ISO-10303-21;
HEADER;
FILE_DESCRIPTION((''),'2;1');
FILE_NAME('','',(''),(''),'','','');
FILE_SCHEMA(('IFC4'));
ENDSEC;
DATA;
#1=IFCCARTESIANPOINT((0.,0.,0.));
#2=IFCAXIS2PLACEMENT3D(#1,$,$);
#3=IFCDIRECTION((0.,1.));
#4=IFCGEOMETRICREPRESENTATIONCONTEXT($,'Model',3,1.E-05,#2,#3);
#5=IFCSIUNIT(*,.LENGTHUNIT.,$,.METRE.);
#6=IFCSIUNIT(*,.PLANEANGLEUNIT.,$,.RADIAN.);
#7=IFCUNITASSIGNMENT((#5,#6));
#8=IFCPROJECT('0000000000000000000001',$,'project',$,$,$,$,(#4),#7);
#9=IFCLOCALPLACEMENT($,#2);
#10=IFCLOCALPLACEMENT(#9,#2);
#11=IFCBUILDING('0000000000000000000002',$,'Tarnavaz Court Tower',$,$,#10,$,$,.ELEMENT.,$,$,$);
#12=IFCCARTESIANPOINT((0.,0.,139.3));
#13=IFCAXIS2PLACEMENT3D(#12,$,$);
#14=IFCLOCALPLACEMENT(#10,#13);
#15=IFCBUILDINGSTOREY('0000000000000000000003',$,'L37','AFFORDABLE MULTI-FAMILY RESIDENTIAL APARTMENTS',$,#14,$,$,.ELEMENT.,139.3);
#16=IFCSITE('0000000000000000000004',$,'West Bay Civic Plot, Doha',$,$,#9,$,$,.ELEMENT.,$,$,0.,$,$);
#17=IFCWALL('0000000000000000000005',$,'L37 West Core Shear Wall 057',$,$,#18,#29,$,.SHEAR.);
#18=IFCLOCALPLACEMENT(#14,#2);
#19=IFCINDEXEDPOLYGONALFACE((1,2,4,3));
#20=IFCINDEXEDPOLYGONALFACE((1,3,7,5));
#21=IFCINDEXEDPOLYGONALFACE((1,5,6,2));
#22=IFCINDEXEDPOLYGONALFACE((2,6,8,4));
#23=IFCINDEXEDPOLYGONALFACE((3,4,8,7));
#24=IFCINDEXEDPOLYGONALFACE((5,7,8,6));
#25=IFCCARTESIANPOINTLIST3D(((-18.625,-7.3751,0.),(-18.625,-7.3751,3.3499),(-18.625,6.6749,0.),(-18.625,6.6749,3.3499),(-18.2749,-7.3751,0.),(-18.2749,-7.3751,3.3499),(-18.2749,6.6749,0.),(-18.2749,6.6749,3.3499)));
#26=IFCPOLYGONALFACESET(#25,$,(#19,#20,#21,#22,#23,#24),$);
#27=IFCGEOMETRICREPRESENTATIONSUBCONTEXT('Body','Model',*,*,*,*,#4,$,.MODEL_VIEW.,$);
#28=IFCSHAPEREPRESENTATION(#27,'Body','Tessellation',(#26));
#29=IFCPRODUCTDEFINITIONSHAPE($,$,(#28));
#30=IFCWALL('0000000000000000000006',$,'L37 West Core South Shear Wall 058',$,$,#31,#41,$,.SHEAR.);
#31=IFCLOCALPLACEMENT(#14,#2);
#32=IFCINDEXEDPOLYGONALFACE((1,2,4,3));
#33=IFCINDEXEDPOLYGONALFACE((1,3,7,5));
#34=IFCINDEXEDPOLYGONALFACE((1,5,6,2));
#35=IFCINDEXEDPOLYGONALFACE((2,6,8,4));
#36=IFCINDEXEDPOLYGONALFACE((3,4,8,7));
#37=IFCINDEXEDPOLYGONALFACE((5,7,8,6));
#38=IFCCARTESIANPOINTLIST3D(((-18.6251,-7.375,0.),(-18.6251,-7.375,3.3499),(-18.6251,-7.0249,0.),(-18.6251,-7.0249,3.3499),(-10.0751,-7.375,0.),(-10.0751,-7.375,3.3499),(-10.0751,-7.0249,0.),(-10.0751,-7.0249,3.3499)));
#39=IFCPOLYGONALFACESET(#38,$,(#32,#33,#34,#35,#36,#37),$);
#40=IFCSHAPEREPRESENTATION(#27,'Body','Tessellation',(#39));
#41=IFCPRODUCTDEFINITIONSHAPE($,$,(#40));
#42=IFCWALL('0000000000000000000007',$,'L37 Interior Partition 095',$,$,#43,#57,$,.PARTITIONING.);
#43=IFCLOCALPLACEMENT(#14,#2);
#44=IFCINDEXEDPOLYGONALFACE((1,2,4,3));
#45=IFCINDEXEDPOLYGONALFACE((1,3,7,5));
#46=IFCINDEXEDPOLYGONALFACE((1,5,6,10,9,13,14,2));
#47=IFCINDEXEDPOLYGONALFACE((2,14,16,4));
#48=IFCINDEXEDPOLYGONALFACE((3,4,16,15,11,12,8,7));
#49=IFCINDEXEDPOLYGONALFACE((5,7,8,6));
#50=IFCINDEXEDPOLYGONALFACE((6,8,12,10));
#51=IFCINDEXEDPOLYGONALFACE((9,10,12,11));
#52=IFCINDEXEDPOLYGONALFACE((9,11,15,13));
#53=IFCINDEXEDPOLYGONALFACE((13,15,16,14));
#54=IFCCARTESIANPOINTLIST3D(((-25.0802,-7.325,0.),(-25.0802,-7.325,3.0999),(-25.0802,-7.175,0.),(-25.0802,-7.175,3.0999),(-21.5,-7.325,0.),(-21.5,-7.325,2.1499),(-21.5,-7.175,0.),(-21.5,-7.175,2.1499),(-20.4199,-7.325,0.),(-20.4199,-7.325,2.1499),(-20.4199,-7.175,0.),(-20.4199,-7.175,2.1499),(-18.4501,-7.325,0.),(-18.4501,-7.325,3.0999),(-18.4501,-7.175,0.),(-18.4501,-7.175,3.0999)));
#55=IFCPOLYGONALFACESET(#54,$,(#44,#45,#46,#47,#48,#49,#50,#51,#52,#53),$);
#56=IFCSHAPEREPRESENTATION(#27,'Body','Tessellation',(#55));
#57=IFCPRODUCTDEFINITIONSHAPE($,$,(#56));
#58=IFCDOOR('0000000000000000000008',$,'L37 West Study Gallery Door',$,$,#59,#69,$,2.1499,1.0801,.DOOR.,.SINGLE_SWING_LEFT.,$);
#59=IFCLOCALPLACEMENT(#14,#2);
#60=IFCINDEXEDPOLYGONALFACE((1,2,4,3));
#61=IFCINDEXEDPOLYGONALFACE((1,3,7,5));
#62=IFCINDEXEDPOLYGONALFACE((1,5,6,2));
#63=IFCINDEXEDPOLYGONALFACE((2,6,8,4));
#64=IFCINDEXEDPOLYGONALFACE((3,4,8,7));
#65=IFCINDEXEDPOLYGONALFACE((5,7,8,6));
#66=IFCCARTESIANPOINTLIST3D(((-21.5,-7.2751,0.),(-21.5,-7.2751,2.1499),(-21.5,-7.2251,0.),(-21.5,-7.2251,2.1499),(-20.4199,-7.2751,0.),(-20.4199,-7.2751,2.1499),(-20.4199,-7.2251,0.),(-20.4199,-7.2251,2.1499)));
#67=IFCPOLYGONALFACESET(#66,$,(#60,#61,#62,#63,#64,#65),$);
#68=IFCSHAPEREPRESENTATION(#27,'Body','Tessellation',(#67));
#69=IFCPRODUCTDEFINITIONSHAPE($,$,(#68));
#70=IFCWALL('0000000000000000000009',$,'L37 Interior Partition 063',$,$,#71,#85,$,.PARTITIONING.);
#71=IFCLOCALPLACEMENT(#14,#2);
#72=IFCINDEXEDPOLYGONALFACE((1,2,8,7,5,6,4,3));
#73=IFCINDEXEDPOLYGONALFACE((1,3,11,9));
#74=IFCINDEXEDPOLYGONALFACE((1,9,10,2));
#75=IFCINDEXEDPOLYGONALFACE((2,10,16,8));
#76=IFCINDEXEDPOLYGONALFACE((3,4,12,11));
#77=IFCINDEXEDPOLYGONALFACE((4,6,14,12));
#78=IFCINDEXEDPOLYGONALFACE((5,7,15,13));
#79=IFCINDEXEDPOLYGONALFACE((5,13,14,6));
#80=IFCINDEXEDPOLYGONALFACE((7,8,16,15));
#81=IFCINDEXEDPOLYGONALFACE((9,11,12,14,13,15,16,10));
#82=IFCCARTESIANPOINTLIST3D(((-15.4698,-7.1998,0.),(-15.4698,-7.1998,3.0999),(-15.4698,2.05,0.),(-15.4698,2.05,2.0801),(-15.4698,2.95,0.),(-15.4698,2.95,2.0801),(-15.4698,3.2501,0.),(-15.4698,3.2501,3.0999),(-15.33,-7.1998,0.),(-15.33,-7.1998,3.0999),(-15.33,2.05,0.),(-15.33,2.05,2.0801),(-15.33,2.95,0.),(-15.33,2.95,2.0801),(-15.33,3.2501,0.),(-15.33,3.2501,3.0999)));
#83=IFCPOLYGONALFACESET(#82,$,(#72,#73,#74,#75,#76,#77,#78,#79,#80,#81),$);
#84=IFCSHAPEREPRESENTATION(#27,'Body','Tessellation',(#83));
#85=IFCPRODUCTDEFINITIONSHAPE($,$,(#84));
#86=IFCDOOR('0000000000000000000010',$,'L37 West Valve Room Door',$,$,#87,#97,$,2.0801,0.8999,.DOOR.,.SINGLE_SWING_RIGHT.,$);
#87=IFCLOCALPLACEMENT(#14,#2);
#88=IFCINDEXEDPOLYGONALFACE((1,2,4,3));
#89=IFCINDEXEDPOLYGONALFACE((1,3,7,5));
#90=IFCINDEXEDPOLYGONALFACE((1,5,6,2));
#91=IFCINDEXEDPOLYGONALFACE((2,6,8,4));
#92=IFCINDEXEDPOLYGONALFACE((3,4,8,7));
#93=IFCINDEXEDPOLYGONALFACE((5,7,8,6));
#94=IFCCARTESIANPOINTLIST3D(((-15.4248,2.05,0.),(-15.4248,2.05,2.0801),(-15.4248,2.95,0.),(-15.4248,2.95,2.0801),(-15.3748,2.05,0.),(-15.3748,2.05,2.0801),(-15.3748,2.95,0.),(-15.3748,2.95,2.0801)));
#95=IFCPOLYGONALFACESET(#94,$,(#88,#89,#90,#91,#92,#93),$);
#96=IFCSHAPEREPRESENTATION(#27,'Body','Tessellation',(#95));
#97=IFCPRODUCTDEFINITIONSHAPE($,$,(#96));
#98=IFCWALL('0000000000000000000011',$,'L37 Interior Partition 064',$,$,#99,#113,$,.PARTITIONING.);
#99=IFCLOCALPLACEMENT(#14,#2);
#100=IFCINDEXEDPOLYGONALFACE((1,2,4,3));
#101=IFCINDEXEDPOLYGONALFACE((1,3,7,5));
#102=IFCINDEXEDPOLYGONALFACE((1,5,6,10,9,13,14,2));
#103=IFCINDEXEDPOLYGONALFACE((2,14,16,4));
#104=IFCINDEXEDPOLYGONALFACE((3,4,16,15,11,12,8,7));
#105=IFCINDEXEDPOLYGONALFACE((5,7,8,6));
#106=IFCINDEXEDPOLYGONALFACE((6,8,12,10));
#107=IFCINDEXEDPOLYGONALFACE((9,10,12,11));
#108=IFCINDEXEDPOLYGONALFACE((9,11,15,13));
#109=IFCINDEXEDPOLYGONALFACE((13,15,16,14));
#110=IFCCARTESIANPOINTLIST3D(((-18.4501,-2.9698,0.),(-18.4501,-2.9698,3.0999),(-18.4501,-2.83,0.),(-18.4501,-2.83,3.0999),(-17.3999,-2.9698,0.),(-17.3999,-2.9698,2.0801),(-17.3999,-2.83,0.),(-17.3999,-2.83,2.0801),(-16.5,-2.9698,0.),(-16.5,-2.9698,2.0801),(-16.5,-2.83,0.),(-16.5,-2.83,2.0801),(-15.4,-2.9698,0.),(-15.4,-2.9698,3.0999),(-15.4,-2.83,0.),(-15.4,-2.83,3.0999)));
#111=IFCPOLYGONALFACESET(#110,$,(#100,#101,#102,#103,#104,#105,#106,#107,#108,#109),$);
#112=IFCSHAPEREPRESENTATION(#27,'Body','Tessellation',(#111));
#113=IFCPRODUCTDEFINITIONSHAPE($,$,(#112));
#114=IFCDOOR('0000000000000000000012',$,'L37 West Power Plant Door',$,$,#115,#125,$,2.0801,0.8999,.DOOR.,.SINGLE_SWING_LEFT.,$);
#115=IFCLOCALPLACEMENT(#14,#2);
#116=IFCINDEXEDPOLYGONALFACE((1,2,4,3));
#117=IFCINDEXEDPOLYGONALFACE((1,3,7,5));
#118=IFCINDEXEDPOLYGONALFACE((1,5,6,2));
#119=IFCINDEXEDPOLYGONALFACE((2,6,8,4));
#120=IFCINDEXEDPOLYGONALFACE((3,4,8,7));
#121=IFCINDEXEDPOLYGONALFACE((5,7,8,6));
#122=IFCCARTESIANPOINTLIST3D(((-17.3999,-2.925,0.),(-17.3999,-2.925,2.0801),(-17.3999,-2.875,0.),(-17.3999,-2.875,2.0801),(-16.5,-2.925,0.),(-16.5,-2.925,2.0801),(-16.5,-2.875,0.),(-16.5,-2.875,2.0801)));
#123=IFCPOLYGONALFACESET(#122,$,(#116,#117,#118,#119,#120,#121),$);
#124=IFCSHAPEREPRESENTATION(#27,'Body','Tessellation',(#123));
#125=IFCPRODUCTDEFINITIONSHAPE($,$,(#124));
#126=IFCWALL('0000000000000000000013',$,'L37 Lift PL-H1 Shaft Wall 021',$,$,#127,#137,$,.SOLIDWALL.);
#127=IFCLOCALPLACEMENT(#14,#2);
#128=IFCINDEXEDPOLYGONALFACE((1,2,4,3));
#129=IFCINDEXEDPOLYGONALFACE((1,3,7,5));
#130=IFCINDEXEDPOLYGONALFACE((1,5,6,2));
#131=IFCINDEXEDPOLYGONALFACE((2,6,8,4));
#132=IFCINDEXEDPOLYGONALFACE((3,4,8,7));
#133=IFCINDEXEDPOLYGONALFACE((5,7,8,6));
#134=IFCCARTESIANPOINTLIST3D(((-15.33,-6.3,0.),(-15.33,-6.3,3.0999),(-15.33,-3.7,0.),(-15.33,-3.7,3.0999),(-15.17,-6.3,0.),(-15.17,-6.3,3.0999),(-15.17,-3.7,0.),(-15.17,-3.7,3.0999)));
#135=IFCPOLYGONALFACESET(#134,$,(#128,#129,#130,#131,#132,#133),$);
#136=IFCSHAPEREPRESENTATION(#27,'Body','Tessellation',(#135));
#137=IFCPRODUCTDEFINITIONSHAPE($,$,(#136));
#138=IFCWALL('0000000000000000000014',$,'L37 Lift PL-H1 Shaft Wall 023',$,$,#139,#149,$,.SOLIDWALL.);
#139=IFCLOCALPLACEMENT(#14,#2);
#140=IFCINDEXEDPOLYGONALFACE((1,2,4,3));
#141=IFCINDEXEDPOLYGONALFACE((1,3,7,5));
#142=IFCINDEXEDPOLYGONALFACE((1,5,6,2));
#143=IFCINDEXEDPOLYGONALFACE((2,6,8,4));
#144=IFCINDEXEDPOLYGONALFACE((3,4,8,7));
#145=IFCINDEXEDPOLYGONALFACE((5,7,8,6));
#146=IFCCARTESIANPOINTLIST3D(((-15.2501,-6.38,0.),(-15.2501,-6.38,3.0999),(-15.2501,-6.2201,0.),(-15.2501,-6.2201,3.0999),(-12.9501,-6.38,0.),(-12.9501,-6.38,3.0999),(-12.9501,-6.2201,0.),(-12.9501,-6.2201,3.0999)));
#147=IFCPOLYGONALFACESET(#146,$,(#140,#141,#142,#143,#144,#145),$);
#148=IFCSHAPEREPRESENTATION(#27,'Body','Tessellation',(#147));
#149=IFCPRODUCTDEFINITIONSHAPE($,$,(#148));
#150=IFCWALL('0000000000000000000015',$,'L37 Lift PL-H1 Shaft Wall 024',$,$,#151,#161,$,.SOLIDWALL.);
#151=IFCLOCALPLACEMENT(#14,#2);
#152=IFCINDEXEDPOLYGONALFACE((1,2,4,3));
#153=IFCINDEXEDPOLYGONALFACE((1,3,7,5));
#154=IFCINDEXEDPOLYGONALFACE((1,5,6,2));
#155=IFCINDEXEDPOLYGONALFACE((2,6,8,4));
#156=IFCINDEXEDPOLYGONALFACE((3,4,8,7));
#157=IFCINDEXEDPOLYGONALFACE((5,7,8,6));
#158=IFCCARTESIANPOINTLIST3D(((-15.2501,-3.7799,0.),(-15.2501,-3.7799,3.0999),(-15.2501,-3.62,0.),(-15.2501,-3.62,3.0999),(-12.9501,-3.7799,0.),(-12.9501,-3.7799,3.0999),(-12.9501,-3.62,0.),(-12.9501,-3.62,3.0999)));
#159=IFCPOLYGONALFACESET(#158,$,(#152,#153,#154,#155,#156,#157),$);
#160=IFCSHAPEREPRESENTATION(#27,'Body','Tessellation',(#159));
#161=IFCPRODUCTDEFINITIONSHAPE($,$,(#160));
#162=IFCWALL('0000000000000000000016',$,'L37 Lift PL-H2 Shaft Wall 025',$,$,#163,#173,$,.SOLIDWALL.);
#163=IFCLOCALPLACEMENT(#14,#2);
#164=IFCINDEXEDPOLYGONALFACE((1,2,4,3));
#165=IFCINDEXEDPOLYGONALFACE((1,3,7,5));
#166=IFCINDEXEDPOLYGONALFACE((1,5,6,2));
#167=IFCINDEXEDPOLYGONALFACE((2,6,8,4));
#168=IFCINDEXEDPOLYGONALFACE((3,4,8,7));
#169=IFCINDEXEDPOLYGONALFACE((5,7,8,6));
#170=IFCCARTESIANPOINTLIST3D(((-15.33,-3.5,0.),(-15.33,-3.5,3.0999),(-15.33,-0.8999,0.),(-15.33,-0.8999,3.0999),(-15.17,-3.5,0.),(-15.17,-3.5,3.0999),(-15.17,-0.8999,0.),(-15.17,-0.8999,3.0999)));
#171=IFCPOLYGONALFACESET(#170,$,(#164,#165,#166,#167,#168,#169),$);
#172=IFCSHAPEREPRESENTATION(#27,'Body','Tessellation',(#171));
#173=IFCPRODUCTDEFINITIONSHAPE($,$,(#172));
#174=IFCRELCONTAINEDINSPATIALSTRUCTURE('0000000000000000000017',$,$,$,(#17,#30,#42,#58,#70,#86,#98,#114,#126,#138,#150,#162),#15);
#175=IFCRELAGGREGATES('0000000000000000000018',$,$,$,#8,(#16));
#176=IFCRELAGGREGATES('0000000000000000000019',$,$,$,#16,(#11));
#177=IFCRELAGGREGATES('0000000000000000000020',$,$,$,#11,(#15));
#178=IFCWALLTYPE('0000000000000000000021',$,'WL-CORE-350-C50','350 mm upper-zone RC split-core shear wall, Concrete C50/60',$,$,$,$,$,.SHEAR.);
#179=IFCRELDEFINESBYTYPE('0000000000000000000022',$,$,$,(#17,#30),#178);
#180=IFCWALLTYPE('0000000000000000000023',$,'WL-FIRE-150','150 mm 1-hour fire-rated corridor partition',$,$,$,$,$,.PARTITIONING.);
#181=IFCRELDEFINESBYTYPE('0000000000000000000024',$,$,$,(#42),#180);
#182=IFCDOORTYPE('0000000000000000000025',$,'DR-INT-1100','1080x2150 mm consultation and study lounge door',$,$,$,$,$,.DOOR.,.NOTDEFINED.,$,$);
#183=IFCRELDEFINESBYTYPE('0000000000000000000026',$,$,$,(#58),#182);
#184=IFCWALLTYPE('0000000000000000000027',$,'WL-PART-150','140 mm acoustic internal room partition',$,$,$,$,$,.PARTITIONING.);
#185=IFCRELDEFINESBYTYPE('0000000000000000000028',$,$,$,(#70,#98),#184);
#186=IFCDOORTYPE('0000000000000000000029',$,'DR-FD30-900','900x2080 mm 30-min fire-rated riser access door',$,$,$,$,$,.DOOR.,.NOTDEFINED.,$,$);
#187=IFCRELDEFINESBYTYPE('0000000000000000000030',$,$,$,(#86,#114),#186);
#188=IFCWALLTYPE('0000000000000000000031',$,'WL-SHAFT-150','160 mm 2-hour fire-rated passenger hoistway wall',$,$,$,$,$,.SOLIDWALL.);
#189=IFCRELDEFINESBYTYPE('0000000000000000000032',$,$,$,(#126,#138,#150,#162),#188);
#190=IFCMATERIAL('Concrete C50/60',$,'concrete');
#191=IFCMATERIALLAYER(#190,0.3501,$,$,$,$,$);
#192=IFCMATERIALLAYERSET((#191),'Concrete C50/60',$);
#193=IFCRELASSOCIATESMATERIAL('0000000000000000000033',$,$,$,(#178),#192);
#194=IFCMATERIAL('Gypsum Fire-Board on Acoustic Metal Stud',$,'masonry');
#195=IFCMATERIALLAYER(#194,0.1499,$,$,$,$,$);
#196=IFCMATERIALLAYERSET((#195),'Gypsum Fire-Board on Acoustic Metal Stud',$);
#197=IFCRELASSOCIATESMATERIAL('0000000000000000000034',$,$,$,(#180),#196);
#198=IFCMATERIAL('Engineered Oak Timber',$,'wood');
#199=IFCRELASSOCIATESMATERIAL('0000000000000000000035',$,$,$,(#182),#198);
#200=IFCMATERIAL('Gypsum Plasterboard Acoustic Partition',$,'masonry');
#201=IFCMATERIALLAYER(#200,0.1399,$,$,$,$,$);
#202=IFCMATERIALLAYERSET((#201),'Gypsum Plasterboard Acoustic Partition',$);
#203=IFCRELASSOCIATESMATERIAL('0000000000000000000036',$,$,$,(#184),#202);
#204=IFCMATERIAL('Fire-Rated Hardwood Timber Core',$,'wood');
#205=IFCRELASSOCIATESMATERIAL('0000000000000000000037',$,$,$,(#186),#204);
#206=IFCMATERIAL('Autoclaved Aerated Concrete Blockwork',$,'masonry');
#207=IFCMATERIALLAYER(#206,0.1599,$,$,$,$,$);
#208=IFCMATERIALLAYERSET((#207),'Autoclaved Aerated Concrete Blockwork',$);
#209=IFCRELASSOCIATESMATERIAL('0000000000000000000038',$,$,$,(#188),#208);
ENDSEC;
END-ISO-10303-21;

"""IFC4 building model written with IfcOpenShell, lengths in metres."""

from ifc_helpers import new_model, si_unit, direction, frame, frame_2d, origin, place, context, subcontext, project, spatial, rectangle, extrude, material, layer, layer_set, type_object, element, fill, save


model = new_model("IFC4")

# Units and contexts
model_context = context("Model", 3, precision=1e-05, world=origin(), true_north=direction((0.0, 1.0)))
body_context = subcontext(model_context, "Body", "Model", "MODEL_VIEW")
ifc_project = project(units=[si_unit("LENGTHUNIT", "METRE"), si_unit("PLANEANGLEUNIT", "RADIAN")], contexts=[model_context])

# Site, building, storey
site_placement = place(None, origin())
site = spatial("IfcSite", under=ifc_project, at=site_placement, Name="West Bay Civic Plot, Doha", CompositionType="ELEMENT", RefElevation=0.0)
building_placement = place(site_placement, origin())
building = spatial("IfcBuilding", under=site, at=building_placement, Name="Tarnavaz Court Tower", CompositionType="ELEMENT")
storey_placement = place(building_placement, frame((0.0, 0.0, 139.3)))
storey = spatial("IfcBuildingStorey", under=building, at=storey_placement, Name="L37", Description="AFFORDABLE MULTI-FAMILY RESIDENTIAL APARTMENTS", CompositionType="ELEMENT", Elevation=139.3)

# Shared definitions
ifc_material_1 = material(Name="Concrete C50/60", Category="concrete")

# Walls
ifc_layer_1 = layer(ifc_material_1, 0.3501)
ifc_layer_set_1 = layer_set([ifc_layer_1], Name="Concrete C50/60")
wall_type_1 = type_object("IfcWallType", Name="WL-CORE-350-C50", Description="350 mm upper-zone RC split-core shear wall, Concrete C50/60", PredefinedType="SHEAR", material=ifc_layer_set_1)
wall_1_placement = place(storey_placement, frame((-18.45, -7.375, 0.0), z_axis=(0.0, 0.0, 1.0), x_axis=(0.0, 1.0, 0.0)))
element("IfcWall", 1, at=wall_1_placement, inside=storey, type_object=wall_type_1, Name="L37 West Core Shear Wall 057", PredefinedType="SHEAR", context=body_context, shape_type="SweptSolid", body=[
    extrude(rectangle(XDim=14.05, YDim=0.3501, at=frame_2d((7.0249, 0.0))), origin(), (0.0, 0.0, 1.0), 3.3499),
])
wall_2_placement = place(storey_placement, frame((-18.625, -7.2, 0.0), z_axis=(0.0, 0.0, 1.0), x_axis=(1.0, 0.0, 0.0)))
element("IfcWall", 2, at=wall_2_placement, inside=storey, type_object=wall_type_1, Name="L37 West Core South Shear Wall 058", PredefinedType="SHEAR", context=body_context, shape_type="SweptSolid", body=[
    extrude(rectangle(XDim=8.55, YDim=0.3501, at=frame_2d((4.2749, 0.0))), origin(), (0.0, 0.0, 1.0), 3.3499),
])

# Shared definitions
ifc_material_2 = material(Name="Gypsum Fire-Board on Acoustic Metal Stud", Category="masonry")
ifc_layer_2 = layer(ifc_material_2, 0.1499)
ifc_layer_set_2 = layer_set([ifc_layer_2], Name="Gypsum Fire-Board on Acoustic Metal Stud")
wall_type_2 = type_object("IfcWallType", Name="WL-FIRE-150", Description="150 mm 1-hour fire-rated corridor partition", PredefinedType="PARTITIONING", material=ifc_layer_set_2)
ifc_material_3 = material(Name="Engineered Oak Timber", Category="wood")

# Walls, openings, doors
wall_3_placement = place(storey_placement, frame((-25.0801, -7.25, 0.0), z_axis=(0.0, 0.0, 1.0), x_axis=(1.0, 0.0, 0.0)))
wall_3 = element("IfcWall", 3, at=wall_3_placement, inside=storey, type_object=wall_type_2, Name="L37 Interior Partition 095", PredefinedType="PARTITIONING", context=body_context, shape_type="SweptSolid", body=[
    extrude(rectangle(XDim=6.6301, YDim=0.1499, at=frame_2d((3.3149, 0.0))), origin(), (0.0, 0.0, 1.0), 3.0999),
])
opening_1_placement = place(wall_3_placement, frame((3.5801, 0.0, 0.0)))
opening_1 = element("IfcOpeningElement", 4, at=opening_1_placement, cuts=wall_3, PredefinedType="OPENING", context=body_context, shape_type="SweptSolid", body=[
    extrude(rectangle(XDim=1.0801, YDim=2.1499, at=frame_2d((0.54, 1.075))), frame((0.0, 0.085, 0.0), z_axis=(0.0, -1.0, 0.0), x_axis=(1.0, 0.0, 0.0)), (0.0, 0.0, 1.0), 0.1699),
])
door_type_1 = type_object("IfcDoorType", Name="DR-INT-1100", Description="1080x2150 mm consultation and study lounge door", OperationType="NOTDEFINED", PredefinedType="DOOR", material=ifc_material_3)
door_1_placement = place(opening_1_placement, origin())
door_1 = element("IfcDoor", 5, at=door_1_placement, inside=storey, type_object=door_type_1, Name="L37 West Study Gallery Door", OperationType="SINGLE_SWING_LEFT", OverallHeight=2.1499, OverallWidth=1.0801, PredefinedType="DOOR", context=body_context, shape_type="SweptSolid", body=[
    extrude(rectangle(XDim=1.0801, YDim=2.1499, at=frame_2d((0.54, 1.075))), frame((0.0, 0.0249, 0.0), z_axis=(0.0, -1.0, 0.0), x_axis=(1.0, 0.0, 0.0)), (0.0, 0.0, 1.0), 0.05),
])
fill(opening_1, door_1)
ifc_material_4 = material(Name="Gypsum Plasterboard Acoustic Partition", Category="masonry")
ifc_layer_3 = layer(ifc_material_4, 0.1399)
ifc_layer_set_3 = layer_set([ifc_layer_3], Name="Gypsum Plasterboard Acoustic Partition")
wall_type_3 = type_object("IfcWallType", Name="WL-PART-150", Description="140 mm acoustic internal room partition", PredefinedType="PARTITIONING", material=ifc_layer_set_3)
wall_4_placement = place(storey_placement, frame((-15.3999, -7.2, 0.0), z_axis=(0.0, 0.0, 1.0), x_axis=(0.0, 1.0, 0.0)))
wall_4 = element("IfcWall", 6, at=wall_4_placement, inside=storey, type_object=wall_type_3, Name="L37 Interior Partition 063", PredefinedType="PARTITIONING", context=body_context, shape_type="SweptSolid", body=[
    extrude(rectangle(XDim=10.45, YDim=0.1399, at=frame_2d((5.2251, 0.0))), origin(), (0.0, 0.0, 1.0), 3.0999),
])
opening_2_placement = place(wall_4_placement, frame((9.25, 0.0, 0.0)))
opening_2 = element("IfcOpeningElement", 7, at=opening_2_placement, cuts=wall_4, PredefinedType="OPENING", context=body_context, shape_type="SweptSolid", body=[
    extrude(rectangle(XDim=0.8999, YDim=2.0801, at=frame_2d((0.45, 1.04))), frame((0.0, 0.0798, 0.0), z_axis=(0.0, -1.0, 0.0), x_axis=(1.0, 0.0, 0.0)), (0.0, 0.0, 1.0), 0.1599),
])
ifc_material_5 = material(Name="Fire-Rated Hardwood Timber Core", Category="wood")
door_type_2 = type_object("IfcDoorType", Name="DR-FD30-900", Description="900x2080 mm 30-min fire-rated riser access door", OperationType="NOTDEFINED", PredefinedType="DOOR", material=ifc_material_5)
door_2_placement = place(opening_2_placement, origin())
door_2 = element("IfcDoor", 8, at=door_2_placement, inside=storey, type_object=door_type_2, Name="L37 West Valve Room Door", OperationType="SINGLE_SWING_RIGHT", OverallHeight=2.0801, OverallWidth=0.8999, PredefinedType="DOOR", context=body_context, shape_type="SweptSolid", body=[
    extrude(rectangle(XDim=0.8999, YDim=2.0801, at=frame_2d((0.45, 1.04))), frame((0.0, 0.0249, 0.0), z_axis=(0.0, -1.0, 0.0), x_axis=(1.0, 0.0, 0.0)), (0.0, 0.0, 1.0), 0.05),
])
fill(opening_2, door_2)
wall_5_placement = place(storey_placement, frame((-18.45, -2.8999, 0.0), z_axis=(0.0, 0.0, 1.0), x_axis=(1.0, 0.0, 0.0)))
wall_5 = element("IfcWall", 9, at=wall_5_placement, inside=storey, type_object=wall_type_3, Name="L37 Interior Partition 064", PredefinedType="PARTITIONING", context=body_context, shape_type="SweptSolid", body=[
    extrude(rectangle(XDim=3.05, YDim=0.1399, at=frame_2d((1.5249, 0.0))), origin(), (0.0, 0.0, 1.0), 3.0999),
])
opening_3_placement = place(wall_5_placement, frame((1.05, 0.0, 0.0)))
opening_3 = element("IfcOpeningElement", 10, at=opening_3_placement, cuts=wall_5, PredefinedType="OPENING", context=body_context, shape_type="SweptSolid", body=[
    extrude(rectangle(XDim=0.8999, YDim=2.0801, at=frame_2d((0.45, 1.04))), frame((0.0, 0.0798, 0.0), z_axis=(0.0, -1.0, 0.0), x_axis=(1.0, 0.0, 0.0)), (0.0, 0.0, 1.0), 0.1599),
])
door_3_placement = place(opening_3_placement, origin())
door_3 = element("IfcDoor", 11, at=door_3_placement, inside=storey, type_object=door_type_2, Name="L37 West Power Plant Door", OperationType="SINGLE_SWING_LEFT", OverallHeight=2.0801, OverallWidth=0.8999, PredefinedType="DOOR", context=body_context, shape_type="SweptSolid", body=[
    extrude(rectangle(XDim=0.8999, YDim=2.0801, at=frame_2d((0.45, 1.04))), frame((0.0, 0.0249, 0.0), z_axis=(0.0, -1.0, 0.0), x_axis=(1.0, 0.0, 0.0)), (0.0, 0.0, 1.0), 0.05),
])
fill(opening_3, door_3)

# Walls
ifc_material_6 = material(Name="Autoclaved Aerated Concrete Blockwork", Category="masonry")
ifc_layer_4 = layer(ifc_material_6, 0.1599)
ifc_layer_set_4 = layer_set([ifc_layer_4], Name="Autoclaved Aerated Concrete Blockwork")
wall_type_4 = type_object("IfcWallType", Name="WL-SHAFT-150", Description="160 mm 2-hour fire-rated passenger hoistway wall", PredefinedType="SOLIDWALL", material=ifc_layer_set_4)
wall_6_placement = place(storey_placement, frame((-15.25, -6.3, 0.0), z_axis=(0.0, 0.0, 1.0), x_axis=(0.0, 1.0, 0.0)))
element("IfcWall", 12, at=wall_6_placement, inside=storey, type_object=wall_type_4, Name="L37 Lift PL-H1 Shaft Wall 021", PredefinedType="SOLIDWALL", context=body_context, shape_type="SweptSolid", body=[
    extrude(rectangle(XDim=2.6001, YDim=0.1599, at=frame_2d((1.3, 0.0))), origin(), (0.0, 0.0, 1.0), 3.0999),
])
for number, where, z_axis, x_axis, name in (
    (13, (-15.25, -6.3, 0.0), (0.0, 0.0, 1.0), (1.0, 0.0, 0.0), "L37 Lift PL-H1 Shaft Wall 023"),
    (14, (-15.25, -3.7, 0.0), (0.0, 0.0, 1.0), (1.0, 0.0, 0.0), "L37 Lift PL-H1 Shaft Wall 024"),
):
    element("IfcWall", number, at=place(storey_placement, frame(where, z_axis=z_axis, x_axis=x_axis)), inside=storey, type_object=wall_type_4, Name=name, PredefinedType="SOLIDWALL", context=body_context, shape_type="SweptSolid", body=[
        extrude(rectangle(XDim=2.3, YDim=0.1599, at=frame_2d((1.1499, 0.0))), origin(), (0.0, 0.0, 1.0), 3.0999),
    ])
wall_7_placement = place(storey_placement, frame((-15.25, -3.5, 0.0), z_axis=(0.0, 0.0, 1.0), x_axis=(0.0, 1.0, 0.0)))
element("IfcWall", 15, at=wall_7_placement, inside=storey, type_object=wall_type_4, Name="L37 Lift PL-H2 Shaft Wall 025", PredefinedType="SOLIDWALL", context=body_context, shape_type="SweptSolid", body=[
    extrude(rectangle(XDim=2.6001, YDim=0.1599, at=frame_2d((1.3, 0.0))), origin(), (0.0, 0.0, 1.0), 3.0999),
])

save(model, "model.ifc")
